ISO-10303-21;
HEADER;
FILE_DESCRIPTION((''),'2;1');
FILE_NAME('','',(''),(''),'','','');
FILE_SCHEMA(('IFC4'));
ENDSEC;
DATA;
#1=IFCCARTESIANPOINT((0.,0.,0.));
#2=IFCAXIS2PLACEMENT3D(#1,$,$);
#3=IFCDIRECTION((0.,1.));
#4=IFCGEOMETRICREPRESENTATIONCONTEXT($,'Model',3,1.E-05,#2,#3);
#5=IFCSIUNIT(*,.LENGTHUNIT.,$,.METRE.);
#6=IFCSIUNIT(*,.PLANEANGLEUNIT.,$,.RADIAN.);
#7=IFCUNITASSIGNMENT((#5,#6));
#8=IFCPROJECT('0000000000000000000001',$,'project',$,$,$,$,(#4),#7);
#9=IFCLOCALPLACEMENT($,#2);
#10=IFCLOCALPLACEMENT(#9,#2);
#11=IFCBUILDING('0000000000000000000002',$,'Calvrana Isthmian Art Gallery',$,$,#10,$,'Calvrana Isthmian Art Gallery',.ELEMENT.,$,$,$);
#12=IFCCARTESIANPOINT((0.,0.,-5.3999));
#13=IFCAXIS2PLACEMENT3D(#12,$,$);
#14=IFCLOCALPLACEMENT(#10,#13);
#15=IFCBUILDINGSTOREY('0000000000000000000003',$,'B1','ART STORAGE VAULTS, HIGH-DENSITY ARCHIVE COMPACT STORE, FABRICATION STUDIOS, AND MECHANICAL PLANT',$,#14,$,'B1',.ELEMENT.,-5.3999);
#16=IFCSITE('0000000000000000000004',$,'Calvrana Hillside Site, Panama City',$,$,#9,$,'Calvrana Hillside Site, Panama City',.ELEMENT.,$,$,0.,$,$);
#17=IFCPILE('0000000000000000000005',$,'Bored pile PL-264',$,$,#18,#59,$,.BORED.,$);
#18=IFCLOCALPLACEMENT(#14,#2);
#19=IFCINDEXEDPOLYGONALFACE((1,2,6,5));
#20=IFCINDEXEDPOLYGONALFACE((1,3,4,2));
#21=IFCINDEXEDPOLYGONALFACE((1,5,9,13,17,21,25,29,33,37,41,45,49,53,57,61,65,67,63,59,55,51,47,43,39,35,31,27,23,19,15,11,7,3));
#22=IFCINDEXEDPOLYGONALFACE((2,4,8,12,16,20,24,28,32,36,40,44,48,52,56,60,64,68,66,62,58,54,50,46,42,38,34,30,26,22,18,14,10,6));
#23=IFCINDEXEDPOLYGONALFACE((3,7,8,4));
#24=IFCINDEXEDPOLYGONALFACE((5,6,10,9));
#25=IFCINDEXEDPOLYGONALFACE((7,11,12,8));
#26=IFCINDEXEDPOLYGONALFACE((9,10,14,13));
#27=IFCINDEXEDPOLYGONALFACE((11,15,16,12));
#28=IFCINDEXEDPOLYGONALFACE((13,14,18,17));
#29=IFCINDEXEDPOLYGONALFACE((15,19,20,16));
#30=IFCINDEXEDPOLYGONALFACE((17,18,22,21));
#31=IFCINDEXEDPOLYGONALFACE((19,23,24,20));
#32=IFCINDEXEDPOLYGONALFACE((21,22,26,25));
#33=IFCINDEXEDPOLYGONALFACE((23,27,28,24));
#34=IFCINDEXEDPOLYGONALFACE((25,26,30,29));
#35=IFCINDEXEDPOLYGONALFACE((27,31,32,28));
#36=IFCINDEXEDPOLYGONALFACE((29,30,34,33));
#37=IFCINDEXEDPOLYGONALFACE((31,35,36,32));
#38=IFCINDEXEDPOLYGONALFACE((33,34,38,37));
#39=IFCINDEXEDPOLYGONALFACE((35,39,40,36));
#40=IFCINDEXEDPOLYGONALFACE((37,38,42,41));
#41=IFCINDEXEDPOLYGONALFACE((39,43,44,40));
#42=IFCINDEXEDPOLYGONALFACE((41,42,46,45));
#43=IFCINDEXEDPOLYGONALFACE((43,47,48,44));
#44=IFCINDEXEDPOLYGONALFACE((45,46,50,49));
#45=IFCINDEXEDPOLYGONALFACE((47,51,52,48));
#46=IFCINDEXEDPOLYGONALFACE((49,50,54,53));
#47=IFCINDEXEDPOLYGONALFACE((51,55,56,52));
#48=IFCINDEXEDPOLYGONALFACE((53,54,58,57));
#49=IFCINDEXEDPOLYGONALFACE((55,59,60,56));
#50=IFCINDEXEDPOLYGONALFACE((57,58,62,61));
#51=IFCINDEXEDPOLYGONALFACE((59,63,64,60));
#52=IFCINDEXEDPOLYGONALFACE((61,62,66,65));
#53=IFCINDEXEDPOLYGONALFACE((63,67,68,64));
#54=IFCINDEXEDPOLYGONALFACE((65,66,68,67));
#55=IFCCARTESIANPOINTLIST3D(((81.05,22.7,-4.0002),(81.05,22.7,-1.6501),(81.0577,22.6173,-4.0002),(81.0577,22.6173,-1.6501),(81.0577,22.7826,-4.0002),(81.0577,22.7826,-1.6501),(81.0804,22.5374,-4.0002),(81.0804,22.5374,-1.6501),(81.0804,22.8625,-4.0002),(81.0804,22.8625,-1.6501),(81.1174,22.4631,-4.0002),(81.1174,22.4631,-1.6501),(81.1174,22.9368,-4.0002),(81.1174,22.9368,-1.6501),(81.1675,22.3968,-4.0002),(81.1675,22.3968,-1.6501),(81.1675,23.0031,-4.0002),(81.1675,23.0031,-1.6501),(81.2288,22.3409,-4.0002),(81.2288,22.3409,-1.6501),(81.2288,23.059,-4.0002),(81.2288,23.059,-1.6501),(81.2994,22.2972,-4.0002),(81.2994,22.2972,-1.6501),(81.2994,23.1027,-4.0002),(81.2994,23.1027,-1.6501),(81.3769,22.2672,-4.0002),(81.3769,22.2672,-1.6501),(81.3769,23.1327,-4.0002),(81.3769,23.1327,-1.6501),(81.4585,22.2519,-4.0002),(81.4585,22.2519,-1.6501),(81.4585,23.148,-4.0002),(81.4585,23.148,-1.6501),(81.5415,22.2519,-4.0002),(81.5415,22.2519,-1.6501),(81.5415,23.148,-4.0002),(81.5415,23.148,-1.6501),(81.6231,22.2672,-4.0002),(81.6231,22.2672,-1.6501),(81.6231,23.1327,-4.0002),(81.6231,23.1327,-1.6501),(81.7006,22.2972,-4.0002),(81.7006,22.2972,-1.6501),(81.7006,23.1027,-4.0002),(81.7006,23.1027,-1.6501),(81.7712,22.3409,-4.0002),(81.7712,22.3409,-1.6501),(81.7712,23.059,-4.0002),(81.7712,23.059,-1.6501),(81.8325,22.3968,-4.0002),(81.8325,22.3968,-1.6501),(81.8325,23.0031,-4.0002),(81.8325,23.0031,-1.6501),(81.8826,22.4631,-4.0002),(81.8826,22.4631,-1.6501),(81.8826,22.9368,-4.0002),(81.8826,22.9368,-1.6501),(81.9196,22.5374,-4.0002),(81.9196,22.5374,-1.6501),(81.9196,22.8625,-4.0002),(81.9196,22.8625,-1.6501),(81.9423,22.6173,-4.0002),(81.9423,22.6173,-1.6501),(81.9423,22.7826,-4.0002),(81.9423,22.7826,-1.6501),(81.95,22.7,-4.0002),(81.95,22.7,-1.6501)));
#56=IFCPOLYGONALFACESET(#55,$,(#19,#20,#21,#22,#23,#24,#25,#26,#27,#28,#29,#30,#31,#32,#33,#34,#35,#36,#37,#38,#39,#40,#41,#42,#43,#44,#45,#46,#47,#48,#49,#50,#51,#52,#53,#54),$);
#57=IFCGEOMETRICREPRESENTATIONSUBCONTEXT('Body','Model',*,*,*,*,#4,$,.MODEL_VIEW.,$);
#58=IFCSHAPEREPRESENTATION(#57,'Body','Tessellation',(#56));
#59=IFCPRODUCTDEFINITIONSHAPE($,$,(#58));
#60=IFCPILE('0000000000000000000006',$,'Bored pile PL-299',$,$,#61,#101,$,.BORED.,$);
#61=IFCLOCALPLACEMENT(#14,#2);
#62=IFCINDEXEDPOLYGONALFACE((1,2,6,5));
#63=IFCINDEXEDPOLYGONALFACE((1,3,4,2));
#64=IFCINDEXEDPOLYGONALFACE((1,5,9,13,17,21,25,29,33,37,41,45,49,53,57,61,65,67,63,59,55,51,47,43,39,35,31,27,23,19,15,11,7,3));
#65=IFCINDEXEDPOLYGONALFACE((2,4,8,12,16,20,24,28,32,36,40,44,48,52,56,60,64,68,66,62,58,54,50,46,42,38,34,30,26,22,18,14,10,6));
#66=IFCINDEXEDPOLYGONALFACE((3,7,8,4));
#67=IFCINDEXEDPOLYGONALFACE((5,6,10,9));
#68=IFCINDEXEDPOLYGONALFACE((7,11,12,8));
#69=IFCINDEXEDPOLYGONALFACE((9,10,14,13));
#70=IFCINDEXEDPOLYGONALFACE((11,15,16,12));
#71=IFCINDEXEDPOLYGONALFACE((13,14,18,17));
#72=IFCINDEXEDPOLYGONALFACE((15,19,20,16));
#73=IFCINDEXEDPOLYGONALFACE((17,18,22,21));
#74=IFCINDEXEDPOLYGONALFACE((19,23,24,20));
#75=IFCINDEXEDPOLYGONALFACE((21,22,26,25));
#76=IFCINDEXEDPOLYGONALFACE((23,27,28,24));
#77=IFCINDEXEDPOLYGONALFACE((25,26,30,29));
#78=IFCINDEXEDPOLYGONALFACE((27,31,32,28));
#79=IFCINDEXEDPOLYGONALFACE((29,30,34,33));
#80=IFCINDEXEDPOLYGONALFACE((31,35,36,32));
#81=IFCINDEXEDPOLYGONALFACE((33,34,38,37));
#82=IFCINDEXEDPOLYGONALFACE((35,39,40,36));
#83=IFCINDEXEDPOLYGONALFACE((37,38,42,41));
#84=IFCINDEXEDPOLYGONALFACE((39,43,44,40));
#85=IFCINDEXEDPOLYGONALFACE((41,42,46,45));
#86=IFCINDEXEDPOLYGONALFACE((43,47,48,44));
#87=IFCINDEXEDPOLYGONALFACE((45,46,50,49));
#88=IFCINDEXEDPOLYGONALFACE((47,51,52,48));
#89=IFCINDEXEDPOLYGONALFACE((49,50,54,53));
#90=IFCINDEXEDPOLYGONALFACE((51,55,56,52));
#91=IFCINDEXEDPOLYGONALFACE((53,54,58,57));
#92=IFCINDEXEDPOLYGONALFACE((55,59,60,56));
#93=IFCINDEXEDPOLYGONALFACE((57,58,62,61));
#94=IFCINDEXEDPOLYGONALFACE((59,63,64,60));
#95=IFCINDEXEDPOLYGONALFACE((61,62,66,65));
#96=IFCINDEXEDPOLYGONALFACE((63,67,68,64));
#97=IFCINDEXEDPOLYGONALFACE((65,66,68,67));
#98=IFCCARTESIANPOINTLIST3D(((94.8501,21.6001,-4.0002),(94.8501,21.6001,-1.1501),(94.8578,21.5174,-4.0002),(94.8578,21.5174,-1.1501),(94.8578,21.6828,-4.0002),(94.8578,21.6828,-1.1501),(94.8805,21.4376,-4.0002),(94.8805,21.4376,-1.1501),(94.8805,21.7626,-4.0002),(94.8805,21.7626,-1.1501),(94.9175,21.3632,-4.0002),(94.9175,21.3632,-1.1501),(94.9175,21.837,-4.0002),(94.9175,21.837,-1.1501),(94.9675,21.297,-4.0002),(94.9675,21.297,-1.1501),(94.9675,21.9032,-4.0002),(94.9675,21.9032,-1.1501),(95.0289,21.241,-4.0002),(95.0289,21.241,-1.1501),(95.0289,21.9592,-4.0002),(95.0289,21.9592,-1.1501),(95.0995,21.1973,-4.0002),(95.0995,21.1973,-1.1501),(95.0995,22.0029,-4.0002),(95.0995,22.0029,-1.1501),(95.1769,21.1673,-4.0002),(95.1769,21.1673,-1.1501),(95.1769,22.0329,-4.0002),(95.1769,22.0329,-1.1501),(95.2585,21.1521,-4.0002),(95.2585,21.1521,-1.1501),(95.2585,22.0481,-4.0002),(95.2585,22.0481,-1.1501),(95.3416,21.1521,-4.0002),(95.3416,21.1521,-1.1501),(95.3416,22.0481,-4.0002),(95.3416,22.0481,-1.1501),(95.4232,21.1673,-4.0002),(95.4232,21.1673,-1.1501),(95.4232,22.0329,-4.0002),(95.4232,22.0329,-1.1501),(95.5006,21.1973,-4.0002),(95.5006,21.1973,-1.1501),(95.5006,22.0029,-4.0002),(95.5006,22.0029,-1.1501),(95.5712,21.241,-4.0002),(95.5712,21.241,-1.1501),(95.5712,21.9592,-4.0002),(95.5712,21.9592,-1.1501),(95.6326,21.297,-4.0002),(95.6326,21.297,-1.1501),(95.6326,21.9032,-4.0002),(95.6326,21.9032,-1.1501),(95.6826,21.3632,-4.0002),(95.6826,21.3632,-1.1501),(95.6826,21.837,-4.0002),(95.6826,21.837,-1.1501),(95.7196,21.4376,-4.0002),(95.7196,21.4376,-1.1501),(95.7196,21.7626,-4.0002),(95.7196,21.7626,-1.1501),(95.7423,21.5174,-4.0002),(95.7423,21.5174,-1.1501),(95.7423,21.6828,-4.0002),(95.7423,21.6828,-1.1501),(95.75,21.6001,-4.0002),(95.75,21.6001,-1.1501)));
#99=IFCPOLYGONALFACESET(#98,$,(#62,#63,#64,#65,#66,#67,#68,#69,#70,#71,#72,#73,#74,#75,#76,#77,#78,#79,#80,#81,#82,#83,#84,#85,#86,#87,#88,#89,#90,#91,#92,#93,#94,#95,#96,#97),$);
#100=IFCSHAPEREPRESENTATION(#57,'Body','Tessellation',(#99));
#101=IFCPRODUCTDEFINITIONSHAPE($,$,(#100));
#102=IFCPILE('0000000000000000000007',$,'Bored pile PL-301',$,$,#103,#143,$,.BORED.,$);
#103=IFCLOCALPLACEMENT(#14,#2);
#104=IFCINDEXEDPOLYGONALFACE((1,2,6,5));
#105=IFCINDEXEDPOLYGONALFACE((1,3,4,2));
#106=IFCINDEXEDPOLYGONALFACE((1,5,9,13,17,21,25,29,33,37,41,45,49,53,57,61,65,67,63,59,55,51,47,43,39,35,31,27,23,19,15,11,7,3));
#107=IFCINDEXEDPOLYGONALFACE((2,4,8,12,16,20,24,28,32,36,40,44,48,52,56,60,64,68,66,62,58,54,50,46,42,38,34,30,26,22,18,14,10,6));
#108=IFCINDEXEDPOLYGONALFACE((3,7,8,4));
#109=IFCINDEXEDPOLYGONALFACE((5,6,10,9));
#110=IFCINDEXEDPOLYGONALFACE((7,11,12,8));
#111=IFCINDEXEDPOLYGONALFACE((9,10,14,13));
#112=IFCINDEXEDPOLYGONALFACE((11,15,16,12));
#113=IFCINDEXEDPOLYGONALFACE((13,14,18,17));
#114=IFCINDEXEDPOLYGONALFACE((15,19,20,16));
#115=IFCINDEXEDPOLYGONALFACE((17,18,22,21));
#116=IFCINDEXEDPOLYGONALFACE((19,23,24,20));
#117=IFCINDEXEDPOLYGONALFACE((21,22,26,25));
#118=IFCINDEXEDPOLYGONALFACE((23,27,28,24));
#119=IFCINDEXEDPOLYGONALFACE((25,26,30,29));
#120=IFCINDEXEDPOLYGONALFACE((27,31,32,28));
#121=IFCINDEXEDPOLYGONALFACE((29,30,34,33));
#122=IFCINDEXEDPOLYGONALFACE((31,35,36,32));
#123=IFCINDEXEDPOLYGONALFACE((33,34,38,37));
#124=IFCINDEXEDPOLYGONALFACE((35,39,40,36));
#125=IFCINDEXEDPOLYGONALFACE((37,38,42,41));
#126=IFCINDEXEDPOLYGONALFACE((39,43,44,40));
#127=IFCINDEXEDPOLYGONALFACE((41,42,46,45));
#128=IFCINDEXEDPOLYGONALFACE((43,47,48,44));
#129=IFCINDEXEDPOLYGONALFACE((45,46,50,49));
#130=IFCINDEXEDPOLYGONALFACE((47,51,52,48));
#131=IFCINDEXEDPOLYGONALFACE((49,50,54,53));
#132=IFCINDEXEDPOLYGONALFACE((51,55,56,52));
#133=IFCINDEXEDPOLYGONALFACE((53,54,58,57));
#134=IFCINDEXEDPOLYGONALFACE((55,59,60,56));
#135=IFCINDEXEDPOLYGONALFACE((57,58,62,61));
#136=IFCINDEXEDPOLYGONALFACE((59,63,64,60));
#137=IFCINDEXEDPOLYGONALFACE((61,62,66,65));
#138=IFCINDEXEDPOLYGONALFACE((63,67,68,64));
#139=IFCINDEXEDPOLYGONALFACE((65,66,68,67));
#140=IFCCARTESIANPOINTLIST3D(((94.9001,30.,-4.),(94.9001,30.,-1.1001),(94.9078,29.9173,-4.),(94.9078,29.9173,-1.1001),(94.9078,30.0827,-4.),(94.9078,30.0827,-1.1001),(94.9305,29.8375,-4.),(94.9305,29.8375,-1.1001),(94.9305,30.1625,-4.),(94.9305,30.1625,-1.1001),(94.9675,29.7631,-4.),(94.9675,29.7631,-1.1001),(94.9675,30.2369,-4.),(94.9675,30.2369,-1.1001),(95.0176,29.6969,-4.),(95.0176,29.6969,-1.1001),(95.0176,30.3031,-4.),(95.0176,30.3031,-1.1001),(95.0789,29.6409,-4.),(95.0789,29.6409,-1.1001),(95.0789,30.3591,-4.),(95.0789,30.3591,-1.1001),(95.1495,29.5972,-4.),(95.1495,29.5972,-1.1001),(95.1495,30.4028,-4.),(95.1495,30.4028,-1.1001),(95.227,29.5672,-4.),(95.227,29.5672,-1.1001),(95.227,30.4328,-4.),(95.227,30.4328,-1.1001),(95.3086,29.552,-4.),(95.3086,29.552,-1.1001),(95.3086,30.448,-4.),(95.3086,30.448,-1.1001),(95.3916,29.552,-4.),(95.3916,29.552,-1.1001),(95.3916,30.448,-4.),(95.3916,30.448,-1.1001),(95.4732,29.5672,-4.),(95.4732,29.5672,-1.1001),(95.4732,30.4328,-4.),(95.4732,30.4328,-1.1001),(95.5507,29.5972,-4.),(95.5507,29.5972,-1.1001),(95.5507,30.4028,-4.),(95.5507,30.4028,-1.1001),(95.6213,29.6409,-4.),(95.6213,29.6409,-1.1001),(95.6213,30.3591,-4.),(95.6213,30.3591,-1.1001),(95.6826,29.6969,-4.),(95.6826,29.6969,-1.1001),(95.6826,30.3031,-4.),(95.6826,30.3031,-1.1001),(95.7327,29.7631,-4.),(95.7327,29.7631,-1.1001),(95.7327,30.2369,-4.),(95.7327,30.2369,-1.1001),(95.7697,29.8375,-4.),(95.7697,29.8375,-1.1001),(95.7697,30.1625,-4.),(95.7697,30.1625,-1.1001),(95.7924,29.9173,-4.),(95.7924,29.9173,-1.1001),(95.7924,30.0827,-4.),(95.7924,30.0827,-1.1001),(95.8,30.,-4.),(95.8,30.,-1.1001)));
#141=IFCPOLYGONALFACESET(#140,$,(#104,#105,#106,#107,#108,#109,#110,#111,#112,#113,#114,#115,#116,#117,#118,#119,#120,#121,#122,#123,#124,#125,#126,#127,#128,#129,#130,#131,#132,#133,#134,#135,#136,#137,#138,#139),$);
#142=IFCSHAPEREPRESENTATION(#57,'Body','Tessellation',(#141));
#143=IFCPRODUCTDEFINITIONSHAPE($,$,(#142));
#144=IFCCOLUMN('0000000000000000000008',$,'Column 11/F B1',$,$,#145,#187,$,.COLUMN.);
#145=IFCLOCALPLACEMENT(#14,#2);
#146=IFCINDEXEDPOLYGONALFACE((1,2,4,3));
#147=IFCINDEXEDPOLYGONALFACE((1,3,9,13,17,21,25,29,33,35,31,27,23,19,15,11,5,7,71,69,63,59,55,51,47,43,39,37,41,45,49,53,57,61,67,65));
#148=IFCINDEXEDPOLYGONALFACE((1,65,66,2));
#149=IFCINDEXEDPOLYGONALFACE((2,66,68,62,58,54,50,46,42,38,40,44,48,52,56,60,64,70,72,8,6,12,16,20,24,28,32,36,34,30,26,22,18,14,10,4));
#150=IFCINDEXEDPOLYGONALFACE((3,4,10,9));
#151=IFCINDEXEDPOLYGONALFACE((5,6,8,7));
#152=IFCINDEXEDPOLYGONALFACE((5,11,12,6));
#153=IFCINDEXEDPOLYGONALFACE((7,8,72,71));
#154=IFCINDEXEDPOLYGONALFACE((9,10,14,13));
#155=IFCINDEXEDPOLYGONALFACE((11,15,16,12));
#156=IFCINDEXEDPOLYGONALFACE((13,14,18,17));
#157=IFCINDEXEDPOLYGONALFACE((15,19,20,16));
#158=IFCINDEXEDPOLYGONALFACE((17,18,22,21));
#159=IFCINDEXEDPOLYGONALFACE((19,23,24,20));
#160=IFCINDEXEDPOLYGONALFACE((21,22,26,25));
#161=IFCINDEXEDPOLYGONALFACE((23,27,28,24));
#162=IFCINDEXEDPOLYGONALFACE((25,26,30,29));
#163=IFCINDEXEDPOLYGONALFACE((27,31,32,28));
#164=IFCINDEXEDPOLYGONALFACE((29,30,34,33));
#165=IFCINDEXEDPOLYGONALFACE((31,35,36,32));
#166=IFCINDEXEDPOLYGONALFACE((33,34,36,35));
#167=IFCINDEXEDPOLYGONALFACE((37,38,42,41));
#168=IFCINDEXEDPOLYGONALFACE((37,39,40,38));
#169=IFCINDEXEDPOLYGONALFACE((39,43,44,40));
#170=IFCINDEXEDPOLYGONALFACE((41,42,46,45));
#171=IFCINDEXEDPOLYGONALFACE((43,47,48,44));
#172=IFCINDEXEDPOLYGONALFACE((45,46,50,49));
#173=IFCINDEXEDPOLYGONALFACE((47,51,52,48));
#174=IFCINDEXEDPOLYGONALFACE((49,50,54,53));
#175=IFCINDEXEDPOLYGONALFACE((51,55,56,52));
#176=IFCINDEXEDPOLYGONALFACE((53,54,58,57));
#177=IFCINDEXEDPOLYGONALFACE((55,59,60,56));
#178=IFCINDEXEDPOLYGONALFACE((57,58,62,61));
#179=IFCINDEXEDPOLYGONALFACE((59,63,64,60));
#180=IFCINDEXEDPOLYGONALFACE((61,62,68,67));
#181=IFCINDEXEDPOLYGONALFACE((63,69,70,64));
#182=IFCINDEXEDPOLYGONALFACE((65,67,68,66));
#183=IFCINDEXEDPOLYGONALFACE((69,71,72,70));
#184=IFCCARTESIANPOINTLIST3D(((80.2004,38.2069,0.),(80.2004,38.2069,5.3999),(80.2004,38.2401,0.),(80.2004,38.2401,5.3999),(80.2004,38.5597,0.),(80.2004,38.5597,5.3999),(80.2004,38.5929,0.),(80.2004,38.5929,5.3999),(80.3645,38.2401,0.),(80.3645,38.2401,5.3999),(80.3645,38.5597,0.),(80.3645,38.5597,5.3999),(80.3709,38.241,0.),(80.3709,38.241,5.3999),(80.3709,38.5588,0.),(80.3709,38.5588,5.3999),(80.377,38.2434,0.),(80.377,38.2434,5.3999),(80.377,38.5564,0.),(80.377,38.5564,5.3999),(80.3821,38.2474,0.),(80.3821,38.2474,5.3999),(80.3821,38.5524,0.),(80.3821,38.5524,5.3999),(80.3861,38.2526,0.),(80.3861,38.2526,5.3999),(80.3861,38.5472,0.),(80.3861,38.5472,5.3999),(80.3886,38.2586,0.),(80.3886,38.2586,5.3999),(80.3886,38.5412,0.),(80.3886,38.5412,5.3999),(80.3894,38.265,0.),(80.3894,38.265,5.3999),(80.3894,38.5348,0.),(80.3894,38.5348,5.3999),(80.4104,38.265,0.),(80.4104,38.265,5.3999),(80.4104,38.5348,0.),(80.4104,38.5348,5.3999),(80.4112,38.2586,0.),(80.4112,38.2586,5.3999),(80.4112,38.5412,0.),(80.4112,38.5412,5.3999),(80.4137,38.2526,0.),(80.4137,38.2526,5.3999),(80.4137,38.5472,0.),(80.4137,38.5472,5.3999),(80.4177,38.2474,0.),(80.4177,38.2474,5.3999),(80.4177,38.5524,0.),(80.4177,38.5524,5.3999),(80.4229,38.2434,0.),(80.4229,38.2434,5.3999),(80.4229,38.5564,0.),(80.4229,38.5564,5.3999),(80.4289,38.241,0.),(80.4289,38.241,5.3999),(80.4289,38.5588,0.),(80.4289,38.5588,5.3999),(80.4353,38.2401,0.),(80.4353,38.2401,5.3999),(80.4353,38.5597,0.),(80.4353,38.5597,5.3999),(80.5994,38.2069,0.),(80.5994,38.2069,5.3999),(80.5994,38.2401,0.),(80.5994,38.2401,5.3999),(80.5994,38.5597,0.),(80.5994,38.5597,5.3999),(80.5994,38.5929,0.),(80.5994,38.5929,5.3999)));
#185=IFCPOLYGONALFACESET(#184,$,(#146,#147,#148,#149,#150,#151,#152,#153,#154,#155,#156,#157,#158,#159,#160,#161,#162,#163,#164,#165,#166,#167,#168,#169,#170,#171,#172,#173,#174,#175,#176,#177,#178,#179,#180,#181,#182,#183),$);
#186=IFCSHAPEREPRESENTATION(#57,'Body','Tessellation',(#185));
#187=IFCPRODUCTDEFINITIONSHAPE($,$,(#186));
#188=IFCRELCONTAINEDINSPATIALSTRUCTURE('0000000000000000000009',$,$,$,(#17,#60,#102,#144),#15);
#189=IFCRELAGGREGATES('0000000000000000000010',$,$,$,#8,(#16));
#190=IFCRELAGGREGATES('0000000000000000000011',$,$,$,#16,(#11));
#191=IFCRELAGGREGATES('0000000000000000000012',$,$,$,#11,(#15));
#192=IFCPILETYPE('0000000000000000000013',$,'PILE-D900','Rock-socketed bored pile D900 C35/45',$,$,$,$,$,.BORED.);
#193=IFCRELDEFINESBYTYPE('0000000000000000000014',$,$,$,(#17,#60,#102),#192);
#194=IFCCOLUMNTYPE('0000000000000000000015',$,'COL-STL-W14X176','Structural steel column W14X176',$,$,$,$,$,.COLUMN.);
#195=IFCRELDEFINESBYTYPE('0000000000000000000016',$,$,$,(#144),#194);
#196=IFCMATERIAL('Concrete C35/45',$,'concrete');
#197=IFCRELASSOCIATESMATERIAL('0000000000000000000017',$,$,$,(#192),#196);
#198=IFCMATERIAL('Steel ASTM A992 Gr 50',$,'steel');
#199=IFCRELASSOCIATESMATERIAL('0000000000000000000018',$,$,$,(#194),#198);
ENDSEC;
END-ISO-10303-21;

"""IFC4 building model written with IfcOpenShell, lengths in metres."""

from ifc_helpers import new_model, si_unit, direction, frame, origin, origin_2d, place, context, subcontext, project, spatial, circle, i_section, extrude, material, material_profile, profile_set, type_object, element, save


model = new_model("IFC4")

# Units and contexts
model_context = context("Model", 3, precision=1e-05, world=origin(), true_north=direction((0.0, 1.0)))
body_context = subcontext(model_context, "Body", "Model", "MODEL_VIEW")
ifc_project = project(units=[si_unit("LENGTHUNIT", "METRE"), si_unit("PLANEANGLEUNIT", "RADIAN")], contexts=[model_context])

# Site, building, storey
site_placement = place(None, origin())
site = spatial("IfcSite", under=ifc_project, at=site_placement, Name="Calvrana Hillside Site, Panama City", LongName="Calvrana Hillside Site, Panama City", CompositionType="ELEMENT", RefElevation=0.0)
building_placement = place(site_placement, origin())
building = spatial("IfcBuilding", under=site, at=building_placement, Name="Calvrana Isthmian Art Gallery", LongName="Calvrana Isthmian Art Gallery", CompositionType="ELEMENT")
storey_placement = place(building_placement, frame((0.0, 0.0, -5.3999)))
storey = spatial("IfcBuildingStorey", under=building, at=storey_placement, Name="B1", Description="ART STORAGE VAULTS, HIGH-DENSITY ARCHIVE COMPACT STORE, FABRICATION STUDIOS, AND MECHANICAL PLANT", LongName="B1", CompositionType="ELEMENT", Elevation=-5.3999)

# Shared definitions
ifc_material_1 = material(Name="Concrete C35/45", Category="concrete")

# Piles
ifc_material_profile_1 = material_profile(ifc_material_1, circle(Radius=0.45, at=origin_2d()), Name="PILE900D")
ifc_profile_set_1 = profile_set([ifc_material_profile_1], Name="Concrete C35/45")
pile_type_1 = type_object("IfcPileType", Name="PILE-D900", Description="Rock-socketed bored pile D900 C35/45", PredefinedType="BORED", material=ifc_profile_set_1)
for number, where, z_axis, x_axis, name in (
    (1, (81.5, 22.7, -1.6501), (0.0, 0.0, -1.0), (1.0, 0.0, 0.0), "Bored pile PL-264"),
):
    element("IfcPile", number, at=place(storey_placement, frame(where, z_axis=z_axis, x_axis=x_axis)), inside=storey, type_object=pile_type_1, Name=name, PredefinedType="BORED", context=body_context, shape_type="SweptSolid", body=[
        extrude(circle(Radius=0.45, at=origin_2d()), origin(), (0.0, 0.0, 1.0), 2.3501),
    ])
pile_1_placement = place(storey_placement, frame((95.3, 21.6001, -1.1501), z_axis=(0.0, 0.0, -1.0), x_axis=(1.0, 0.0, 0.0)))
element("IfcPile", 2, at=pile_1_placement, inside=storey, type_object=pile_type_1, Name="Bored pile PL-299", PredefinedType="BORED", context=body_context, shape_type="SweptSolid", body=[
    extrude(circle(Radius=0.45, at=origin_2d()), origin(), (0.0, 0.0, 1.0), 2.8501),
])
pile_2_placement = place(storey_placement, frame((95.3501, 30.0, -1.1001), z_axis=(0.0, 0.0, -1.0), x_axis=(1.0, 0.0, 0.0)))
element("IfcPile", 3, at=pile_2_placement, inside=storey, type_object=pile_type_1, Name="Bored pile PL-301", PredefinedType="BORED", context=body_context, shape_type="SweptSolid", body=[
    extrude(circle(Radius=0.45, at=origin_2d()), origin(), (0.0, 0.0, 1.0), 2.8999),
])

# Column
ifc_material_2 = material(Name="Steel ASTM A992 Gr 50", Category="steel")
ifc_material_profile_2 = material_profile(ifc_material_2, i_section(OverallWidth=0.3989, OverallDepth=0.386, WebThickness=0.021, FlangeThickness=0.0332, FilletRadius=0.0249, at=origin_2d()), Name="W14X176")
ifc_profile_set_2 = profile_set([ifc_material_profile_2], Name="Steel ASTM A992 Gr 50")
column_type_1 = type_object("IfcColumnType", Name="COL-STL-W14X176", Description="Structural steel column W14X176", PredefinedType="COLUMN", material=ifc_profile_set_2)
column_1_placement = place(storey_placement, frame((80.3999, 38.3999, 0.0), z_axis=(0.0, 0.0, 1.0), x_axis=(1.0, 0.0, 0.0)))
element("IfcColumn", 4, at=column_1_placement, inside=storey, type_object=column_type_1, Name="Column 11/F B1", PredefinedType="COLUMN", context=body_context, shape_type="SweptSolid", body=[
    extrude(i_section(OverallWidth=0.3989, OverallDepth=0.386, WebThickness=0.021, FlangeThickness=0.0332, FilletRadius=0.0249, at=origin_2d()), origin(), (0.0, 0.0, 1.0), 5.3999),
])

save(model, "model.ifc")
